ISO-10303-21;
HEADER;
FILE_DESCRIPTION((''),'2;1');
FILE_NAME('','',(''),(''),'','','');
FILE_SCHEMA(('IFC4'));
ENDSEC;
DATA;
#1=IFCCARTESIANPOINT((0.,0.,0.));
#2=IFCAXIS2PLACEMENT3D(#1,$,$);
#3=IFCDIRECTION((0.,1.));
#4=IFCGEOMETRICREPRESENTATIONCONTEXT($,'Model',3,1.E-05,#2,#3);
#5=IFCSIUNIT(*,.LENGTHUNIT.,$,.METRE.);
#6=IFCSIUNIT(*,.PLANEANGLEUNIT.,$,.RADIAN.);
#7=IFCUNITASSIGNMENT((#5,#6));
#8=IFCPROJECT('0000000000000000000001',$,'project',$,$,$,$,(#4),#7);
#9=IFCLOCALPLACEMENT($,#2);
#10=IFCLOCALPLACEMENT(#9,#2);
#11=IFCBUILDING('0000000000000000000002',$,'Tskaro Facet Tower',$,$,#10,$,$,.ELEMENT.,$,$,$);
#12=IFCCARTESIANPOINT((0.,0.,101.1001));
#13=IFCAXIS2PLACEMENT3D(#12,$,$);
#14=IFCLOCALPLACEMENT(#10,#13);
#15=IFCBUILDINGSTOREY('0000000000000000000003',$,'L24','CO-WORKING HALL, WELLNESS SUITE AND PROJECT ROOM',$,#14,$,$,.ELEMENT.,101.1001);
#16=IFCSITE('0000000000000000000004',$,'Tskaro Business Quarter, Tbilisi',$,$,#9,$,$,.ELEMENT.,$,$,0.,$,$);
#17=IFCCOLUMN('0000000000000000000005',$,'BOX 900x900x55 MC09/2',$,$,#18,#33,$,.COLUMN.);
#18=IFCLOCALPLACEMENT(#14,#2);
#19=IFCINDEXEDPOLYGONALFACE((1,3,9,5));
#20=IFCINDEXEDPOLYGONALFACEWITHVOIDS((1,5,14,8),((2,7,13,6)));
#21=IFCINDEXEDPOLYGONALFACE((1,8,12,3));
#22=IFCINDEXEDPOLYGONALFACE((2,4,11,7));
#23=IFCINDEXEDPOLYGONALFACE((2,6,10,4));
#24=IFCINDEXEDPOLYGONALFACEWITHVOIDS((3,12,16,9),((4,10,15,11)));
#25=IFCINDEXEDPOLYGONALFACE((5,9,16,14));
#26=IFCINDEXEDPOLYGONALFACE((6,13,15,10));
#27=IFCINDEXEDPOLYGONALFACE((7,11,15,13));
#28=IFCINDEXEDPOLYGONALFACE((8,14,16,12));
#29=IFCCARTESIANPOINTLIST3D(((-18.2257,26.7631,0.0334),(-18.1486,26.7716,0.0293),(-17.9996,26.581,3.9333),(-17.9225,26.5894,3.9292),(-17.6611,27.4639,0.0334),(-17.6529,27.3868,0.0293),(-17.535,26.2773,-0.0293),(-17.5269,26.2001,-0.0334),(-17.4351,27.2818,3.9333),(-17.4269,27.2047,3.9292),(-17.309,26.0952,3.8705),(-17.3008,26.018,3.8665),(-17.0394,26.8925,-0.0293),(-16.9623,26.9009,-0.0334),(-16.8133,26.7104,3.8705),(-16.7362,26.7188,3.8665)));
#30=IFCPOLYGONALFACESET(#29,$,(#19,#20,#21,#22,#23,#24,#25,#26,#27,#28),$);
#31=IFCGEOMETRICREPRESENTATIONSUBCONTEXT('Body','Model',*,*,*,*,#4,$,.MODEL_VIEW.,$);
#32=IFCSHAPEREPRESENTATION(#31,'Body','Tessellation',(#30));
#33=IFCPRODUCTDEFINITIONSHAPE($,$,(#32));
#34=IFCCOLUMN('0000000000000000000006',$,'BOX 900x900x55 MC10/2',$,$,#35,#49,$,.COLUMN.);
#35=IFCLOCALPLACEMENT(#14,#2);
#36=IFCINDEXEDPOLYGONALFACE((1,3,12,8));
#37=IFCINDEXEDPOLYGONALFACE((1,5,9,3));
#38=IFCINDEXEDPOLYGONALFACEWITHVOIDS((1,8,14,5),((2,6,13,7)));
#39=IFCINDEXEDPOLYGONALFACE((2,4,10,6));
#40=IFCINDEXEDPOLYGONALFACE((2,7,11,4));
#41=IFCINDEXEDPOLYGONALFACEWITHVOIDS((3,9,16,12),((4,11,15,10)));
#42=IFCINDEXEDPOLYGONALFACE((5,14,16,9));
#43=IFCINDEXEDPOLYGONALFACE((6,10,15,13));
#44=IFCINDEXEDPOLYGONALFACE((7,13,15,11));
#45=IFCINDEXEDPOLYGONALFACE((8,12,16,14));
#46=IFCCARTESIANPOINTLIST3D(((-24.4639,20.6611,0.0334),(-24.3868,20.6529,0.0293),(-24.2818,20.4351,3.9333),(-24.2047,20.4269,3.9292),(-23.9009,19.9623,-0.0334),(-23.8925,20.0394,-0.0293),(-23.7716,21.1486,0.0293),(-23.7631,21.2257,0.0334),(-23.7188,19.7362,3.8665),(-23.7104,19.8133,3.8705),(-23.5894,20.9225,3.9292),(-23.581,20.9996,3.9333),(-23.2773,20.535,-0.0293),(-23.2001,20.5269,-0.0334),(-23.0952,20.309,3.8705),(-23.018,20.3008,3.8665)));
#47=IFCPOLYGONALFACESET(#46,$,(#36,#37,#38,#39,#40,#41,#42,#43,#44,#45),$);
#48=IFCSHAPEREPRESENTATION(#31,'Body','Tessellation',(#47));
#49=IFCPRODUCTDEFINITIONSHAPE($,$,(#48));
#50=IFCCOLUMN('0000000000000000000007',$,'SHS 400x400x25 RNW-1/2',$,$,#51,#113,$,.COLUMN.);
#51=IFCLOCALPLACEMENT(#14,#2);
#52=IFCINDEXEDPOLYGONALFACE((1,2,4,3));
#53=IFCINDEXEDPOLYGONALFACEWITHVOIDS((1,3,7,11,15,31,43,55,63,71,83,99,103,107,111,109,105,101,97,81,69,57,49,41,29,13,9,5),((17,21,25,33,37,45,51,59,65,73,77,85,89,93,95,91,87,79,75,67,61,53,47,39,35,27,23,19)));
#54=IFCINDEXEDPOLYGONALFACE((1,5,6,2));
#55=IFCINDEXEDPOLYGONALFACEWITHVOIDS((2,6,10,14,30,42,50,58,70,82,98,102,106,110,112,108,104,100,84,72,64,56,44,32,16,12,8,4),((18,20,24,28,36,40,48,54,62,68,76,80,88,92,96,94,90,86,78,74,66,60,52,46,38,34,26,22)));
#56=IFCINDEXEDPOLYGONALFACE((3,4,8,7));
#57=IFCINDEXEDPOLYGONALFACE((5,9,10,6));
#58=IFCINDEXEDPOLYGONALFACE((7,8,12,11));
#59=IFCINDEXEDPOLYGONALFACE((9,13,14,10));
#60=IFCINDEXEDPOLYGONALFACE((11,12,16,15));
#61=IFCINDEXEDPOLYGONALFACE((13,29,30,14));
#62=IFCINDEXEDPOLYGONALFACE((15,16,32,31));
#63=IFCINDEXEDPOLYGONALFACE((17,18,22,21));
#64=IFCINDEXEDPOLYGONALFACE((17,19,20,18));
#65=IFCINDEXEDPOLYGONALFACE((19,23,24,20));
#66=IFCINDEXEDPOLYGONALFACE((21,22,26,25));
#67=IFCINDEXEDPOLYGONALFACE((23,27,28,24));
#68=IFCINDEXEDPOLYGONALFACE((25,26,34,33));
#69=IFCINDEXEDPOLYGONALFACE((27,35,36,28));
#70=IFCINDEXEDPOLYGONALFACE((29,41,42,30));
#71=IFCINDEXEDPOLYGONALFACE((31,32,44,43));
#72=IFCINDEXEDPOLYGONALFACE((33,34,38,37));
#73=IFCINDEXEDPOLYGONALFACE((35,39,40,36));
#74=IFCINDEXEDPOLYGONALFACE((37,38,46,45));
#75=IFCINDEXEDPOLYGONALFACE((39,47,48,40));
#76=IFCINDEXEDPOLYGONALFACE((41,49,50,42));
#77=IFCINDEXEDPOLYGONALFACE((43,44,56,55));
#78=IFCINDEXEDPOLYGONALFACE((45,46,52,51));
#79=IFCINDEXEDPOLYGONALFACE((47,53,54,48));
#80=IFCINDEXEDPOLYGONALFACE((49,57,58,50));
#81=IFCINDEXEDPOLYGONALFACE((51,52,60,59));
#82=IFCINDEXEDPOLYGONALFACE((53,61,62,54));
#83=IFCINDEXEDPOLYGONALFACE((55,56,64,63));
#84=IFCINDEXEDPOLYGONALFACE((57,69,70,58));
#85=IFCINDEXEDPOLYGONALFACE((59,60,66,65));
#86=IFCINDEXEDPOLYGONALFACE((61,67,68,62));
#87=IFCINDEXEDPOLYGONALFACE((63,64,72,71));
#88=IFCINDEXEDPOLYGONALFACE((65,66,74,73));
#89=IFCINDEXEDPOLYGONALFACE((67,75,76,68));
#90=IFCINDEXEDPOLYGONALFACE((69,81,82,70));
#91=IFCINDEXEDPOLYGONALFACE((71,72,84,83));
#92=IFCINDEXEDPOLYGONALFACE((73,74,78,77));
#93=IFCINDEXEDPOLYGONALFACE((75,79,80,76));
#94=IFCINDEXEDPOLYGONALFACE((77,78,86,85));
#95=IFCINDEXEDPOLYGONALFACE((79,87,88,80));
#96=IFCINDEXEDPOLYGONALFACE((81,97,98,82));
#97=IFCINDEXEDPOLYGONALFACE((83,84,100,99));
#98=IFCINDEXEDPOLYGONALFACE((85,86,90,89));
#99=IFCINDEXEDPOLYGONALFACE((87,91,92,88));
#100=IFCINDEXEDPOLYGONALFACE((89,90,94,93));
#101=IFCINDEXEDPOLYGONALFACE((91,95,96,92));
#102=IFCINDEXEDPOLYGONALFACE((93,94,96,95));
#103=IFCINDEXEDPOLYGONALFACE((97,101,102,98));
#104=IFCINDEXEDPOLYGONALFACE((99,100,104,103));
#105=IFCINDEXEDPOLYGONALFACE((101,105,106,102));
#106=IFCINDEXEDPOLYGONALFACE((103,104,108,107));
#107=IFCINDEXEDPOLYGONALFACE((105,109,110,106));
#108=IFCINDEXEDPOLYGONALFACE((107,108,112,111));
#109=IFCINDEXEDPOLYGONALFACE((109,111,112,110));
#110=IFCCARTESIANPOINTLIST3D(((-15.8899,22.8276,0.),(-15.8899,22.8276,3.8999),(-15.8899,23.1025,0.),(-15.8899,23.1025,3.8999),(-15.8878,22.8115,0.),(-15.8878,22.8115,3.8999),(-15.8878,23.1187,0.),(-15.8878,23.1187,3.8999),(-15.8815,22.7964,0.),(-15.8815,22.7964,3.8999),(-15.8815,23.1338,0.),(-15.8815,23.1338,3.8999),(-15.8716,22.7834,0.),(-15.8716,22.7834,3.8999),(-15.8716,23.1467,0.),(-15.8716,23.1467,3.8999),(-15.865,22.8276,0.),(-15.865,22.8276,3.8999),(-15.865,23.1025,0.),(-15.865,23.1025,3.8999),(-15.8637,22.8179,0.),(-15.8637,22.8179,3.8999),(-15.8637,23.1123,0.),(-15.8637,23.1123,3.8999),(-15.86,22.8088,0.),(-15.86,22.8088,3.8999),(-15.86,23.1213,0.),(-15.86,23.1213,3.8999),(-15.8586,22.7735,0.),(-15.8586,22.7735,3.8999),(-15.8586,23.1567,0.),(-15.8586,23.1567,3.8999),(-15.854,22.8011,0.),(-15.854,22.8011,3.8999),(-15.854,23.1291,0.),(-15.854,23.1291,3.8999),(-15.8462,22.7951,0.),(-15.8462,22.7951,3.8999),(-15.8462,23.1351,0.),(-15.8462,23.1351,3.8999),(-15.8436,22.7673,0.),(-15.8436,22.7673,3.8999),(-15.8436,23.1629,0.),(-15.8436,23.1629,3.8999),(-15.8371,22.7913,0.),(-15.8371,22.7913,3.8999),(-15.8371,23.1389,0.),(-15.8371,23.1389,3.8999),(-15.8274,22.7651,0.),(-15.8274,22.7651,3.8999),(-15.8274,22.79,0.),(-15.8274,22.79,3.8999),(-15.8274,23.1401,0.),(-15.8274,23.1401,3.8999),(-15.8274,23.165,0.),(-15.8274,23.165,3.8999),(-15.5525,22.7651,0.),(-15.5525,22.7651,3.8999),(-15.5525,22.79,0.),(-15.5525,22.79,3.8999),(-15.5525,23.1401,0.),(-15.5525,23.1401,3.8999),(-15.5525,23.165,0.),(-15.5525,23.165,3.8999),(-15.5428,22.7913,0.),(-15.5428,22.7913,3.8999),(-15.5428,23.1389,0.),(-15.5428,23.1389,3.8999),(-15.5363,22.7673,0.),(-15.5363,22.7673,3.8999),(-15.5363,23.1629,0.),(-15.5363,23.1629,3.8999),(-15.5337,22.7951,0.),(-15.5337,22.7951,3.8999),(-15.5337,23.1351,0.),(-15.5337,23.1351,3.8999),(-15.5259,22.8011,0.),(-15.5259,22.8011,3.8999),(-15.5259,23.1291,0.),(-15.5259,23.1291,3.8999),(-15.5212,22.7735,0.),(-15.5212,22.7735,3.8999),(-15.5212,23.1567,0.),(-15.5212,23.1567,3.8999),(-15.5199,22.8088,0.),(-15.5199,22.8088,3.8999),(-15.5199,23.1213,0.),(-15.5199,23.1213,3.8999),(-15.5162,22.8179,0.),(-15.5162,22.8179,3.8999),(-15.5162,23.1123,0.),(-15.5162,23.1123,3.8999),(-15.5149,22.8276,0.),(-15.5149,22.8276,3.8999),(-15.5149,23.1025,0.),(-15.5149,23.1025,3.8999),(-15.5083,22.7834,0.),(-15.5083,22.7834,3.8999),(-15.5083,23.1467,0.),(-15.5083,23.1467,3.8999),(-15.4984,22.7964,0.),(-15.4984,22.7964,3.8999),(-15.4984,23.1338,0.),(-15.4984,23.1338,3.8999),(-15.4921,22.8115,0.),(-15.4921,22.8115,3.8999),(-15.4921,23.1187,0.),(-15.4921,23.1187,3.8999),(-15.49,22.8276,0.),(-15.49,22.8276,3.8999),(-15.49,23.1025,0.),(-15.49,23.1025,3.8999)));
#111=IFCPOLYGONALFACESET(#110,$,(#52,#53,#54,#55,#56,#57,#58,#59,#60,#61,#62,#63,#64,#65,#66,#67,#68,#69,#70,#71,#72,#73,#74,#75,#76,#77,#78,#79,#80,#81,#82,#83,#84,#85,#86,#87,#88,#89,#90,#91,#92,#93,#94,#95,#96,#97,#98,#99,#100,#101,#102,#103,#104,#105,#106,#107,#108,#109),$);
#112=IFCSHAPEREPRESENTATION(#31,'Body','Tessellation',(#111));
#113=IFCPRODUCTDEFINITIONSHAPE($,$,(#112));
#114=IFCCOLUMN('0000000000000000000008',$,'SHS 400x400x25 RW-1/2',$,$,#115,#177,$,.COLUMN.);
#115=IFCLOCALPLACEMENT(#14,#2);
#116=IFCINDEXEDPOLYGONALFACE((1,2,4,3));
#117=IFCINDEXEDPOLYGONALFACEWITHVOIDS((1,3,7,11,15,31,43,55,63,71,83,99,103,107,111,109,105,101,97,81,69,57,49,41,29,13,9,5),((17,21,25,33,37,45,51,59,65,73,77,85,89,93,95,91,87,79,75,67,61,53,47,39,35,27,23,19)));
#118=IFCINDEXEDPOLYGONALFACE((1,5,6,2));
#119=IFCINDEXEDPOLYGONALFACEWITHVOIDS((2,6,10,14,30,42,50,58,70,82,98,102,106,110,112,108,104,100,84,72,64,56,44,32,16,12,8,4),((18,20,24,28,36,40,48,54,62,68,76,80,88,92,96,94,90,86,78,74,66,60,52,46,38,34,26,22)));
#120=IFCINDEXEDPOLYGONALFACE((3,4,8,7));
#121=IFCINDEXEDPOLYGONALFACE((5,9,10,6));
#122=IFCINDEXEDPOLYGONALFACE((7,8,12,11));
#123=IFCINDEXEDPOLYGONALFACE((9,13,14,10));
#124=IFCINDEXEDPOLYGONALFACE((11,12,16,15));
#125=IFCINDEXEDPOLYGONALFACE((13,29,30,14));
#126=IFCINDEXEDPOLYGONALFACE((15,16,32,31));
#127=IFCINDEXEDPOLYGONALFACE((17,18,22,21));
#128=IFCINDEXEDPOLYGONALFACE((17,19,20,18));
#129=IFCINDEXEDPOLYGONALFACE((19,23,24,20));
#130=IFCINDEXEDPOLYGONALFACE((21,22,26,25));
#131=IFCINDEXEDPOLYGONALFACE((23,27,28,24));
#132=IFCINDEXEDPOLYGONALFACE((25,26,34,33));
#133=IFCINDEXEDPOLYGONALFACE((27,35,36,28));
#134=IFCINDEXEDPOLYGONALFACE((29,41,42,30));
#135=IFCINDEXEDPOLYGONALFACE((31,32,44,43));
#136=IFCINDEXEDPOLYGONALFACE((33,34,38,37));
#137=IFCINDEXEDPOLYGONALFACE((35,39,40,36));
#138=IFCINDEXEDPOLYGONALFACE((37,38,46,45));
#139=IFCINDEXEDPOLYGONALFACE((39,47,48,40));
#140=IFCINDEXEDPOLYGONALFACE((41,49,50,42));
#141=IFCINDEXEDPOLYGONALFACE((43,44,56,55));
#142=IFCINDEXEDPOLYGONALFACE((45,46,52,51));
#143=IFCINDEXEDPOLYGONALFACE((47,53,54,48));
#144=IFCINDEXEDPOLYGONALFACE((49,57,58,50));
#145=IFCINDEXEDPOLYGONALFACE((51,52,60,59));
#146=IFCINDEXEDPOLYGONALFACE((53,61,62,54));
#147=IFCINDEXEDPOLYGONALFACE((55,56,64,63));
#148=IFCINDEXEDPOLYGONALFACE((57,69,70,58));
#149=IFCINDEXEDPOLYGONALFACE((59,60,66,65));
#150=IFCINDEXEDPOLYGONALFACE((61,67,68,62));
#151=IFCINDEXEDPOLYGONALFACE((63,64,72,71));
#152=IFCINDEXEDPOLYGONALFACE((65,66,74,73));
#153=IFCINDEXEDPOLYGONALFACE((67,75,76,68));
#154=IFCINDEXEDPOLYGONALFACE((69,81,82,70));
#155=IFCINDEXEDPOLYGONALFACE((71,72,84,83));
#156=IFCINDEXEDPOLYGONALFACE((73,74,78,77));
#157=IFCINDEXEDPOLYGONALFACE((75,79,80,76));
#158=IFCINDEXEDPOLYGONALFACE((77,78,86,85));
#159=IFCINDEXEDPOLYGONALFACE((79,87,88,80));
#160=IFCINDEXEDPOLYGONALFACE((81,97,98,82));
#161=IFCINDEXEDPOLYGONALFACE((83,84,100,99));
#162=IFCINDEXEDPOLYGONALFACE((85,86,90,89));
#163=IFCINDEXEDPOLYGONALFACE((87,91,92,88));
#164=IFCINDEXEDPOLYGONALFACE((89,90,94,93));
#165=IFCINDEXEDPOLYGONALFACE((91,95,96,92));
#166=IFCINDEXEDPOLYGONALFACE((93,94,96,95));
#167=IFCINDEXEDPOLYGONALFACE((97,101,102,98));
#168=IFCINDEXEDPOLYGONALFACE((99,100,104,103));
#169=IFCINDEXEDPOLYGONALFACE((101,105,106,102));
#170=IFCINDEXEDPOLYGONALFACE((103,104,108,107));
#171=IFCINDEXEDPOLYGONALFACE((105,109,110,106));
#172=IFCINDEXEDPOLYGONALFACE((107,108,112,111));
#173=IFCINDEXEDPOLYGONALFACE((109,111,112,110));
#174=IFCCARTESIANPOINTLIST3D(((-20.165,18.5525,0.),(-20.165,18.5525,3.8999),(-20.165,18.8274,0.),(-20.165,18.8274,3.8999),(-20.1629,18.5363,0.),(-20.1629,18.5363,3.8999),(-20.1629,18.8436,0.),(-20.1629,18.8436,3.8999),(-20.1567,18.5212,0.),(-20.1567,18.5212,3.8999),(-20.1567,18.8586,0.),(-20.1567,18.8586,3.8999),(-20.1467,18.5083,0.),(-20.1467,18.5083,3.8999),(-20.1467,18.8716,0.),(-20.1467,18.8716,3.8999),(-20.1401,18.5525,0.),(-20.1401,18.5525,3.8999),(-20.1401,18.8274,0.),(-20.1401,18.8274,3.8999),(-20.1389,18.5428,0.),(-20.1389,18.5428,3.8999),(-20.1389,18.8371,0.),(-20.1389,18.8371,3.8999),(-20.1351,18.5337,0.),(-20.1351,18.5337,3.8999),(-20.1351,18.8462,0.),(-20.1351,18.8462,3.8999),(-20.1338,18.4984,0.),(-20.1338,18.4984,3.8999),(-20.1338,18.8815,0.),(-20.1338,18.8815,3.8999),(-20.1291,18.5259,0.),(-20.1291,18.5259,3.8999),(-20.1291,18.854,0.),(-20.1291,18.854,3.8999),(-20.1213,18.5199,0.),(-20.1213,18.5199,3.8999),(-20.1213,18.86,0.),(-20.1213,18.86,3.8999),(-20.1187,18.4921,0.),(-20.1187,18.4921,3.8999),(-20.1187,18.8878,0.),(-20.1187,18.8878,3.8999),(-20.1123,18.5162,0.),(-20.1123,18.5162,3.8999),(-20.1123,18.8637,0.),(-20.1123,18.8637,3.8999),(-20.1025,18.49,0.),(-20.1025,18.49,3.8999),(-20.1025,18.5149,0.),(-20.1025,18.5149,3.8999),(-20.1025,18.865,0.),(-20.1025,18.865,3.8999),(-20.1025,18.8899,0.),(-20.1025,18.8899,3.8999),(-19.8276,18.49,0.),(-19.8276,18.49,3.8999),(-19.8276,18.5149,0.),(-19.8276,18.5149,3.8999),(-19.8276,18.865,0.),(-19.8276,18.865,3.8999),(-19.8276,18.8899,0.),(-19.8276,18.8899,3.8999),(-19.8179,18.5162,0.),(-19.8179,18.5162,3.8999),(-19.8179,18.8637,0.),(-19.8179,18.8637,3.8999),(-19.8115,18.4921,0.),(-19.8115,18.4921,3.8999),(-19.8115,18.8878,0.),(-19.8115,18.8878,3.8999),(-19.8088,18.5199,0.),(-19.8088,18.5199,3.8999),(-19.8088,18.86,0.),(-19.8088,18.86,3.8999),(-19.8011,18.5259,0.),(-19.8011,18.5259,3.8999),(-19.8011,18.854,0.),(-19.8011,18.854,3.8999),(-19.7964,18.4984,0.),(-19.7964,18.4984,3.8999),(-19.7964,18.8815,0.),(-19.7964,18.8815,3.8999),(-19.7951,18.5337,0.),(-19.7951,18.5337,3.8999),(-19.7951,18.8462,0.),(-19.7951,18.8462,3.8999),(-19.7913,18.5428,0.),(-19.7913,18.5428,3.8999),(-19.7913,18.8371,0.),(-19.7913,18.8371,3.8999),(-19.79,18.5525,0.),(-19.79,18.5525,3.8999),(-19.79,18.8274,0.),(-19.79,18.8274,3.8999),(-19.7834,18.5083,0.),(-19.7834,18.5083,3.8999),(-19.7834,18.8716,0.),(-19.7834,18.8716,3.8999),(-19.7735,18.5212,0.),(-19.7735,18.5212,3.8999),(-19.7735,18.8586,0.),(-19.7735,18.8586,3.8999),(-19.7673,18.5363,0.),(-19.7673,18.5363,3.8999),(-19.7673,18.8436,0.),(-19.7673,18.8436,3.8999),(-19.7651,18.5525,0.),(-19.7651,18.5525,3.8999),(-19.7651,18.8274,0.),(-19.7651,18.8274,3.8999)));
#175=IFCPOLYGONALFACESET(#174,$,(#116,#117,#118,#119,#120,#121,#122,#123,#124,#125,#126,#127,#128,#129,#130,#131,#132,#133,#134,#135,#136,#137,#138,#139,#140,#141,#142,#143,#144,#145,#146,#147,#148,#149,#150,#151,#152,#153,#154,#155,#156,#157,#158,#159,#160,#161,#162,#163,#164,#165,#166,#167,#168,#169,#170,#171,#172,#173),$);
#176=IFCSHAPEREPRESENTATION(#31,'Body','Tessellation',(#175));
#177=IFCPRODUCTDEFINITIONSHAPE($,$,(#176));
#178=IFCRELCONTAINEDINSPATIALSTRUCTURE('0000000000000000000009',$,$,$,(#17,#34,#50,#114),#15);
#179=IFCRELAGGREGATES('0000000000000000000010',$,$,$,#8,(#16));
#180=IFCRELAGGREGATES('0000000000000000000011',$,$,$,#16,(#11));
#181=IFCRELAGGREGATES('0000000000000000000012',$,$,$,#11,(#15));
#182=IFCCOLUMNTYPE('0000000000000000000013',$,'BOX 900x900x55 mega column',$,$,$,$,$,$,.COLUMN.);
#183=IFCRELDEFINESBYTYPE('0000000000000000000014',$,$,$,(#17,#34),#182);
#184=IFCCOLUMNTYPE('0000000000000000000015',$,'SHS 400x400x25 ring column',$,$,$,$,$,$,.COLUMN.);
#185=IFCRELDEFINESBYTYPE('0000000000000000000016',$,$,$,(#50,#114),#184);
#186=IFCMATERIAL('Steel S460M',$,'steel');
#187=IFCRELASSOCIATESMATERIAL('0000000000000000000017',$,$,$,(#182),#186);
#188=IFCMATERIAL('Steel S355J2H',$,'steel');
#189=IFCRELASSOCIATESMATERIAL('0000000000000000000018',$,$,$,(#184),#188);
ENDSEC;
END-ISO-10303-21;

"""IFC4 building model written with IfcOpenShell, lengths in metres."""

from ifc_helpers import new_model, si_unit, direction, frame, origin, origin_2d, place, context, subcontext, project, spatial, hollow_rectangle, extrude, material, material_profile, profile_set, type_object, element, save


model = new_model("IFC4")

# Units and contexts
model_context = context("Model", 3, precision=1e-05, world=origin(), true_north=direction((0.0, 1.0)))
body_context = subcontext(model_context, "Body", "Model", "MODEL_VIEW")
ifc_project = project(units=[si_unit("LENGTHUNIT", "METRE"), si_unit("PLANEANGLEUNIT", "RADIAN")], contexts=[model_context])

# Site, building, storey
site_placement = place(None, origin())
site = spatial("IfcSite", under=ifc_project, at=site_placement, Name="Tskaro Business Quarter, Tbilisi", CompositionType="ELEMENT", RefElevation=0.0)
building_placement = place(site_placement, origin())
building = spatial("IfcBuilding", under=site, at=building_placement, Name="Tskaro Facet Tower", CompositionType="ELEMENT")
storey_placement = place(building_placement, frame((0.0, 0.0, 101.1001)))
storey = spatial("IfcBuildingStorey", under=building, at=storey_placement, Name="L24", Description="CO-WORKING HALL, WELLNESS SUITE AND PROJECT ROOM", CompositionType="ELEMENT", Elevation=101.1001)

# Columns
ifc_material_1 = material(Name="Steel S460M", Category="steel")
ifc_material_profile_1 = material_profile(ifc_material_1, hollow_rectangle(XDim=0.8999, YDim=0.8999, WallThickness=0.0549, at=origin_2d()), Name="BOX 900x900x55")
ifc_profile_set_1 = profile_set([ifc_material_profile_1], Name="Steel S460M")
column_type_1 = type_object("IfcColumnType", Name="BOX 900x900x55 mega column", PredefinedType="COLUMN", material=ifc_profile_set_1)
for number, where, z_axis, x_axis, name in (
    (1, (-17.594, 26.832, 0.0), (0.057809, -0.046572, 0.997241), (0.627358, 0.778731, 0.0), "BOX 900x900x55 MC09/2"),
    (2, (-23.832, 20.594, 0.0), (0.046572, -0.057809, 0.997241), (0.778731, 0.627358, 0.0), "BOX 900x900x55 MC10/2"),
):
    element("IfcColumn", number, at=place(storey_placement, frame(where, z_axis=z_axis, x_axis=x_axis)), inside=storey, type_object=column_type_1, Name=name, PredefinedType="COLUMN", context=body_context, shape_type="SweptSolid", body=[
        extrude(hollow_rectangle(XDim=0.8999, YDim=0.8999, WallThickness=0.0549, at=origin_2d()), origin(), (0.0, 0.0, 1.0), 3.9106),
    ])
ifc_material_2 = material(Name="Steel S355J2H", Category="steel")
ifc_material_profile_2 = material_profile(ifc_material_2, hollow_rectangle(XDim=0.3999, YDim=0.3999, WallThickness=0.0249, InnerFilletRadius=0.0376, OuterFilletRadius=0.0625, at=origin_2d()), Name="SHS 400x400x25")
ifc_profile_set_2 = profile_set([ifc_material_profile_2], Name="Steel S355J2H")
column_type_2 = type_object("IfcColumnType", Name="SHS 400x400x25 ring column", PredefinedType="COLUMN", material=ifc_profile_set_2)
for number, where, z_axis, x_axis, name in (
    (3, (-15.6899, 22.9651, 0.0), (0.0, 0.0, 1.0), (1.0, 0.0, 0.0), "SHS 400x400x25 RNW-1/2"),
    (4, (-19.9651, 18.6899, 0.0), (0.0, 0.0, 1.0), (1.0, 0.0, 0.0), "SHS 400x400x25 RW-1/2"),
):
    element("IfcColumn", number, at=place(storey_placement, frame(where, z_axis=z_axis, x_axis=x_axis)), inside=storey, type_object=column_type_2, Name=name, PredefinedType="COLUMN", context=body_context, shape_type="SweptSolid", body=[
        extrude(hollow_rectangle(XDim=0.3999, YDim=0.3999, WallThickness=0.0249, InnerFilletRadius=0.0376, OuterFilletRadius=0.0625, at=origin_2d()), origin(), (0.0, 0.0, 1.0), 3.8999),
    ])

save(model, "model.ifc")
